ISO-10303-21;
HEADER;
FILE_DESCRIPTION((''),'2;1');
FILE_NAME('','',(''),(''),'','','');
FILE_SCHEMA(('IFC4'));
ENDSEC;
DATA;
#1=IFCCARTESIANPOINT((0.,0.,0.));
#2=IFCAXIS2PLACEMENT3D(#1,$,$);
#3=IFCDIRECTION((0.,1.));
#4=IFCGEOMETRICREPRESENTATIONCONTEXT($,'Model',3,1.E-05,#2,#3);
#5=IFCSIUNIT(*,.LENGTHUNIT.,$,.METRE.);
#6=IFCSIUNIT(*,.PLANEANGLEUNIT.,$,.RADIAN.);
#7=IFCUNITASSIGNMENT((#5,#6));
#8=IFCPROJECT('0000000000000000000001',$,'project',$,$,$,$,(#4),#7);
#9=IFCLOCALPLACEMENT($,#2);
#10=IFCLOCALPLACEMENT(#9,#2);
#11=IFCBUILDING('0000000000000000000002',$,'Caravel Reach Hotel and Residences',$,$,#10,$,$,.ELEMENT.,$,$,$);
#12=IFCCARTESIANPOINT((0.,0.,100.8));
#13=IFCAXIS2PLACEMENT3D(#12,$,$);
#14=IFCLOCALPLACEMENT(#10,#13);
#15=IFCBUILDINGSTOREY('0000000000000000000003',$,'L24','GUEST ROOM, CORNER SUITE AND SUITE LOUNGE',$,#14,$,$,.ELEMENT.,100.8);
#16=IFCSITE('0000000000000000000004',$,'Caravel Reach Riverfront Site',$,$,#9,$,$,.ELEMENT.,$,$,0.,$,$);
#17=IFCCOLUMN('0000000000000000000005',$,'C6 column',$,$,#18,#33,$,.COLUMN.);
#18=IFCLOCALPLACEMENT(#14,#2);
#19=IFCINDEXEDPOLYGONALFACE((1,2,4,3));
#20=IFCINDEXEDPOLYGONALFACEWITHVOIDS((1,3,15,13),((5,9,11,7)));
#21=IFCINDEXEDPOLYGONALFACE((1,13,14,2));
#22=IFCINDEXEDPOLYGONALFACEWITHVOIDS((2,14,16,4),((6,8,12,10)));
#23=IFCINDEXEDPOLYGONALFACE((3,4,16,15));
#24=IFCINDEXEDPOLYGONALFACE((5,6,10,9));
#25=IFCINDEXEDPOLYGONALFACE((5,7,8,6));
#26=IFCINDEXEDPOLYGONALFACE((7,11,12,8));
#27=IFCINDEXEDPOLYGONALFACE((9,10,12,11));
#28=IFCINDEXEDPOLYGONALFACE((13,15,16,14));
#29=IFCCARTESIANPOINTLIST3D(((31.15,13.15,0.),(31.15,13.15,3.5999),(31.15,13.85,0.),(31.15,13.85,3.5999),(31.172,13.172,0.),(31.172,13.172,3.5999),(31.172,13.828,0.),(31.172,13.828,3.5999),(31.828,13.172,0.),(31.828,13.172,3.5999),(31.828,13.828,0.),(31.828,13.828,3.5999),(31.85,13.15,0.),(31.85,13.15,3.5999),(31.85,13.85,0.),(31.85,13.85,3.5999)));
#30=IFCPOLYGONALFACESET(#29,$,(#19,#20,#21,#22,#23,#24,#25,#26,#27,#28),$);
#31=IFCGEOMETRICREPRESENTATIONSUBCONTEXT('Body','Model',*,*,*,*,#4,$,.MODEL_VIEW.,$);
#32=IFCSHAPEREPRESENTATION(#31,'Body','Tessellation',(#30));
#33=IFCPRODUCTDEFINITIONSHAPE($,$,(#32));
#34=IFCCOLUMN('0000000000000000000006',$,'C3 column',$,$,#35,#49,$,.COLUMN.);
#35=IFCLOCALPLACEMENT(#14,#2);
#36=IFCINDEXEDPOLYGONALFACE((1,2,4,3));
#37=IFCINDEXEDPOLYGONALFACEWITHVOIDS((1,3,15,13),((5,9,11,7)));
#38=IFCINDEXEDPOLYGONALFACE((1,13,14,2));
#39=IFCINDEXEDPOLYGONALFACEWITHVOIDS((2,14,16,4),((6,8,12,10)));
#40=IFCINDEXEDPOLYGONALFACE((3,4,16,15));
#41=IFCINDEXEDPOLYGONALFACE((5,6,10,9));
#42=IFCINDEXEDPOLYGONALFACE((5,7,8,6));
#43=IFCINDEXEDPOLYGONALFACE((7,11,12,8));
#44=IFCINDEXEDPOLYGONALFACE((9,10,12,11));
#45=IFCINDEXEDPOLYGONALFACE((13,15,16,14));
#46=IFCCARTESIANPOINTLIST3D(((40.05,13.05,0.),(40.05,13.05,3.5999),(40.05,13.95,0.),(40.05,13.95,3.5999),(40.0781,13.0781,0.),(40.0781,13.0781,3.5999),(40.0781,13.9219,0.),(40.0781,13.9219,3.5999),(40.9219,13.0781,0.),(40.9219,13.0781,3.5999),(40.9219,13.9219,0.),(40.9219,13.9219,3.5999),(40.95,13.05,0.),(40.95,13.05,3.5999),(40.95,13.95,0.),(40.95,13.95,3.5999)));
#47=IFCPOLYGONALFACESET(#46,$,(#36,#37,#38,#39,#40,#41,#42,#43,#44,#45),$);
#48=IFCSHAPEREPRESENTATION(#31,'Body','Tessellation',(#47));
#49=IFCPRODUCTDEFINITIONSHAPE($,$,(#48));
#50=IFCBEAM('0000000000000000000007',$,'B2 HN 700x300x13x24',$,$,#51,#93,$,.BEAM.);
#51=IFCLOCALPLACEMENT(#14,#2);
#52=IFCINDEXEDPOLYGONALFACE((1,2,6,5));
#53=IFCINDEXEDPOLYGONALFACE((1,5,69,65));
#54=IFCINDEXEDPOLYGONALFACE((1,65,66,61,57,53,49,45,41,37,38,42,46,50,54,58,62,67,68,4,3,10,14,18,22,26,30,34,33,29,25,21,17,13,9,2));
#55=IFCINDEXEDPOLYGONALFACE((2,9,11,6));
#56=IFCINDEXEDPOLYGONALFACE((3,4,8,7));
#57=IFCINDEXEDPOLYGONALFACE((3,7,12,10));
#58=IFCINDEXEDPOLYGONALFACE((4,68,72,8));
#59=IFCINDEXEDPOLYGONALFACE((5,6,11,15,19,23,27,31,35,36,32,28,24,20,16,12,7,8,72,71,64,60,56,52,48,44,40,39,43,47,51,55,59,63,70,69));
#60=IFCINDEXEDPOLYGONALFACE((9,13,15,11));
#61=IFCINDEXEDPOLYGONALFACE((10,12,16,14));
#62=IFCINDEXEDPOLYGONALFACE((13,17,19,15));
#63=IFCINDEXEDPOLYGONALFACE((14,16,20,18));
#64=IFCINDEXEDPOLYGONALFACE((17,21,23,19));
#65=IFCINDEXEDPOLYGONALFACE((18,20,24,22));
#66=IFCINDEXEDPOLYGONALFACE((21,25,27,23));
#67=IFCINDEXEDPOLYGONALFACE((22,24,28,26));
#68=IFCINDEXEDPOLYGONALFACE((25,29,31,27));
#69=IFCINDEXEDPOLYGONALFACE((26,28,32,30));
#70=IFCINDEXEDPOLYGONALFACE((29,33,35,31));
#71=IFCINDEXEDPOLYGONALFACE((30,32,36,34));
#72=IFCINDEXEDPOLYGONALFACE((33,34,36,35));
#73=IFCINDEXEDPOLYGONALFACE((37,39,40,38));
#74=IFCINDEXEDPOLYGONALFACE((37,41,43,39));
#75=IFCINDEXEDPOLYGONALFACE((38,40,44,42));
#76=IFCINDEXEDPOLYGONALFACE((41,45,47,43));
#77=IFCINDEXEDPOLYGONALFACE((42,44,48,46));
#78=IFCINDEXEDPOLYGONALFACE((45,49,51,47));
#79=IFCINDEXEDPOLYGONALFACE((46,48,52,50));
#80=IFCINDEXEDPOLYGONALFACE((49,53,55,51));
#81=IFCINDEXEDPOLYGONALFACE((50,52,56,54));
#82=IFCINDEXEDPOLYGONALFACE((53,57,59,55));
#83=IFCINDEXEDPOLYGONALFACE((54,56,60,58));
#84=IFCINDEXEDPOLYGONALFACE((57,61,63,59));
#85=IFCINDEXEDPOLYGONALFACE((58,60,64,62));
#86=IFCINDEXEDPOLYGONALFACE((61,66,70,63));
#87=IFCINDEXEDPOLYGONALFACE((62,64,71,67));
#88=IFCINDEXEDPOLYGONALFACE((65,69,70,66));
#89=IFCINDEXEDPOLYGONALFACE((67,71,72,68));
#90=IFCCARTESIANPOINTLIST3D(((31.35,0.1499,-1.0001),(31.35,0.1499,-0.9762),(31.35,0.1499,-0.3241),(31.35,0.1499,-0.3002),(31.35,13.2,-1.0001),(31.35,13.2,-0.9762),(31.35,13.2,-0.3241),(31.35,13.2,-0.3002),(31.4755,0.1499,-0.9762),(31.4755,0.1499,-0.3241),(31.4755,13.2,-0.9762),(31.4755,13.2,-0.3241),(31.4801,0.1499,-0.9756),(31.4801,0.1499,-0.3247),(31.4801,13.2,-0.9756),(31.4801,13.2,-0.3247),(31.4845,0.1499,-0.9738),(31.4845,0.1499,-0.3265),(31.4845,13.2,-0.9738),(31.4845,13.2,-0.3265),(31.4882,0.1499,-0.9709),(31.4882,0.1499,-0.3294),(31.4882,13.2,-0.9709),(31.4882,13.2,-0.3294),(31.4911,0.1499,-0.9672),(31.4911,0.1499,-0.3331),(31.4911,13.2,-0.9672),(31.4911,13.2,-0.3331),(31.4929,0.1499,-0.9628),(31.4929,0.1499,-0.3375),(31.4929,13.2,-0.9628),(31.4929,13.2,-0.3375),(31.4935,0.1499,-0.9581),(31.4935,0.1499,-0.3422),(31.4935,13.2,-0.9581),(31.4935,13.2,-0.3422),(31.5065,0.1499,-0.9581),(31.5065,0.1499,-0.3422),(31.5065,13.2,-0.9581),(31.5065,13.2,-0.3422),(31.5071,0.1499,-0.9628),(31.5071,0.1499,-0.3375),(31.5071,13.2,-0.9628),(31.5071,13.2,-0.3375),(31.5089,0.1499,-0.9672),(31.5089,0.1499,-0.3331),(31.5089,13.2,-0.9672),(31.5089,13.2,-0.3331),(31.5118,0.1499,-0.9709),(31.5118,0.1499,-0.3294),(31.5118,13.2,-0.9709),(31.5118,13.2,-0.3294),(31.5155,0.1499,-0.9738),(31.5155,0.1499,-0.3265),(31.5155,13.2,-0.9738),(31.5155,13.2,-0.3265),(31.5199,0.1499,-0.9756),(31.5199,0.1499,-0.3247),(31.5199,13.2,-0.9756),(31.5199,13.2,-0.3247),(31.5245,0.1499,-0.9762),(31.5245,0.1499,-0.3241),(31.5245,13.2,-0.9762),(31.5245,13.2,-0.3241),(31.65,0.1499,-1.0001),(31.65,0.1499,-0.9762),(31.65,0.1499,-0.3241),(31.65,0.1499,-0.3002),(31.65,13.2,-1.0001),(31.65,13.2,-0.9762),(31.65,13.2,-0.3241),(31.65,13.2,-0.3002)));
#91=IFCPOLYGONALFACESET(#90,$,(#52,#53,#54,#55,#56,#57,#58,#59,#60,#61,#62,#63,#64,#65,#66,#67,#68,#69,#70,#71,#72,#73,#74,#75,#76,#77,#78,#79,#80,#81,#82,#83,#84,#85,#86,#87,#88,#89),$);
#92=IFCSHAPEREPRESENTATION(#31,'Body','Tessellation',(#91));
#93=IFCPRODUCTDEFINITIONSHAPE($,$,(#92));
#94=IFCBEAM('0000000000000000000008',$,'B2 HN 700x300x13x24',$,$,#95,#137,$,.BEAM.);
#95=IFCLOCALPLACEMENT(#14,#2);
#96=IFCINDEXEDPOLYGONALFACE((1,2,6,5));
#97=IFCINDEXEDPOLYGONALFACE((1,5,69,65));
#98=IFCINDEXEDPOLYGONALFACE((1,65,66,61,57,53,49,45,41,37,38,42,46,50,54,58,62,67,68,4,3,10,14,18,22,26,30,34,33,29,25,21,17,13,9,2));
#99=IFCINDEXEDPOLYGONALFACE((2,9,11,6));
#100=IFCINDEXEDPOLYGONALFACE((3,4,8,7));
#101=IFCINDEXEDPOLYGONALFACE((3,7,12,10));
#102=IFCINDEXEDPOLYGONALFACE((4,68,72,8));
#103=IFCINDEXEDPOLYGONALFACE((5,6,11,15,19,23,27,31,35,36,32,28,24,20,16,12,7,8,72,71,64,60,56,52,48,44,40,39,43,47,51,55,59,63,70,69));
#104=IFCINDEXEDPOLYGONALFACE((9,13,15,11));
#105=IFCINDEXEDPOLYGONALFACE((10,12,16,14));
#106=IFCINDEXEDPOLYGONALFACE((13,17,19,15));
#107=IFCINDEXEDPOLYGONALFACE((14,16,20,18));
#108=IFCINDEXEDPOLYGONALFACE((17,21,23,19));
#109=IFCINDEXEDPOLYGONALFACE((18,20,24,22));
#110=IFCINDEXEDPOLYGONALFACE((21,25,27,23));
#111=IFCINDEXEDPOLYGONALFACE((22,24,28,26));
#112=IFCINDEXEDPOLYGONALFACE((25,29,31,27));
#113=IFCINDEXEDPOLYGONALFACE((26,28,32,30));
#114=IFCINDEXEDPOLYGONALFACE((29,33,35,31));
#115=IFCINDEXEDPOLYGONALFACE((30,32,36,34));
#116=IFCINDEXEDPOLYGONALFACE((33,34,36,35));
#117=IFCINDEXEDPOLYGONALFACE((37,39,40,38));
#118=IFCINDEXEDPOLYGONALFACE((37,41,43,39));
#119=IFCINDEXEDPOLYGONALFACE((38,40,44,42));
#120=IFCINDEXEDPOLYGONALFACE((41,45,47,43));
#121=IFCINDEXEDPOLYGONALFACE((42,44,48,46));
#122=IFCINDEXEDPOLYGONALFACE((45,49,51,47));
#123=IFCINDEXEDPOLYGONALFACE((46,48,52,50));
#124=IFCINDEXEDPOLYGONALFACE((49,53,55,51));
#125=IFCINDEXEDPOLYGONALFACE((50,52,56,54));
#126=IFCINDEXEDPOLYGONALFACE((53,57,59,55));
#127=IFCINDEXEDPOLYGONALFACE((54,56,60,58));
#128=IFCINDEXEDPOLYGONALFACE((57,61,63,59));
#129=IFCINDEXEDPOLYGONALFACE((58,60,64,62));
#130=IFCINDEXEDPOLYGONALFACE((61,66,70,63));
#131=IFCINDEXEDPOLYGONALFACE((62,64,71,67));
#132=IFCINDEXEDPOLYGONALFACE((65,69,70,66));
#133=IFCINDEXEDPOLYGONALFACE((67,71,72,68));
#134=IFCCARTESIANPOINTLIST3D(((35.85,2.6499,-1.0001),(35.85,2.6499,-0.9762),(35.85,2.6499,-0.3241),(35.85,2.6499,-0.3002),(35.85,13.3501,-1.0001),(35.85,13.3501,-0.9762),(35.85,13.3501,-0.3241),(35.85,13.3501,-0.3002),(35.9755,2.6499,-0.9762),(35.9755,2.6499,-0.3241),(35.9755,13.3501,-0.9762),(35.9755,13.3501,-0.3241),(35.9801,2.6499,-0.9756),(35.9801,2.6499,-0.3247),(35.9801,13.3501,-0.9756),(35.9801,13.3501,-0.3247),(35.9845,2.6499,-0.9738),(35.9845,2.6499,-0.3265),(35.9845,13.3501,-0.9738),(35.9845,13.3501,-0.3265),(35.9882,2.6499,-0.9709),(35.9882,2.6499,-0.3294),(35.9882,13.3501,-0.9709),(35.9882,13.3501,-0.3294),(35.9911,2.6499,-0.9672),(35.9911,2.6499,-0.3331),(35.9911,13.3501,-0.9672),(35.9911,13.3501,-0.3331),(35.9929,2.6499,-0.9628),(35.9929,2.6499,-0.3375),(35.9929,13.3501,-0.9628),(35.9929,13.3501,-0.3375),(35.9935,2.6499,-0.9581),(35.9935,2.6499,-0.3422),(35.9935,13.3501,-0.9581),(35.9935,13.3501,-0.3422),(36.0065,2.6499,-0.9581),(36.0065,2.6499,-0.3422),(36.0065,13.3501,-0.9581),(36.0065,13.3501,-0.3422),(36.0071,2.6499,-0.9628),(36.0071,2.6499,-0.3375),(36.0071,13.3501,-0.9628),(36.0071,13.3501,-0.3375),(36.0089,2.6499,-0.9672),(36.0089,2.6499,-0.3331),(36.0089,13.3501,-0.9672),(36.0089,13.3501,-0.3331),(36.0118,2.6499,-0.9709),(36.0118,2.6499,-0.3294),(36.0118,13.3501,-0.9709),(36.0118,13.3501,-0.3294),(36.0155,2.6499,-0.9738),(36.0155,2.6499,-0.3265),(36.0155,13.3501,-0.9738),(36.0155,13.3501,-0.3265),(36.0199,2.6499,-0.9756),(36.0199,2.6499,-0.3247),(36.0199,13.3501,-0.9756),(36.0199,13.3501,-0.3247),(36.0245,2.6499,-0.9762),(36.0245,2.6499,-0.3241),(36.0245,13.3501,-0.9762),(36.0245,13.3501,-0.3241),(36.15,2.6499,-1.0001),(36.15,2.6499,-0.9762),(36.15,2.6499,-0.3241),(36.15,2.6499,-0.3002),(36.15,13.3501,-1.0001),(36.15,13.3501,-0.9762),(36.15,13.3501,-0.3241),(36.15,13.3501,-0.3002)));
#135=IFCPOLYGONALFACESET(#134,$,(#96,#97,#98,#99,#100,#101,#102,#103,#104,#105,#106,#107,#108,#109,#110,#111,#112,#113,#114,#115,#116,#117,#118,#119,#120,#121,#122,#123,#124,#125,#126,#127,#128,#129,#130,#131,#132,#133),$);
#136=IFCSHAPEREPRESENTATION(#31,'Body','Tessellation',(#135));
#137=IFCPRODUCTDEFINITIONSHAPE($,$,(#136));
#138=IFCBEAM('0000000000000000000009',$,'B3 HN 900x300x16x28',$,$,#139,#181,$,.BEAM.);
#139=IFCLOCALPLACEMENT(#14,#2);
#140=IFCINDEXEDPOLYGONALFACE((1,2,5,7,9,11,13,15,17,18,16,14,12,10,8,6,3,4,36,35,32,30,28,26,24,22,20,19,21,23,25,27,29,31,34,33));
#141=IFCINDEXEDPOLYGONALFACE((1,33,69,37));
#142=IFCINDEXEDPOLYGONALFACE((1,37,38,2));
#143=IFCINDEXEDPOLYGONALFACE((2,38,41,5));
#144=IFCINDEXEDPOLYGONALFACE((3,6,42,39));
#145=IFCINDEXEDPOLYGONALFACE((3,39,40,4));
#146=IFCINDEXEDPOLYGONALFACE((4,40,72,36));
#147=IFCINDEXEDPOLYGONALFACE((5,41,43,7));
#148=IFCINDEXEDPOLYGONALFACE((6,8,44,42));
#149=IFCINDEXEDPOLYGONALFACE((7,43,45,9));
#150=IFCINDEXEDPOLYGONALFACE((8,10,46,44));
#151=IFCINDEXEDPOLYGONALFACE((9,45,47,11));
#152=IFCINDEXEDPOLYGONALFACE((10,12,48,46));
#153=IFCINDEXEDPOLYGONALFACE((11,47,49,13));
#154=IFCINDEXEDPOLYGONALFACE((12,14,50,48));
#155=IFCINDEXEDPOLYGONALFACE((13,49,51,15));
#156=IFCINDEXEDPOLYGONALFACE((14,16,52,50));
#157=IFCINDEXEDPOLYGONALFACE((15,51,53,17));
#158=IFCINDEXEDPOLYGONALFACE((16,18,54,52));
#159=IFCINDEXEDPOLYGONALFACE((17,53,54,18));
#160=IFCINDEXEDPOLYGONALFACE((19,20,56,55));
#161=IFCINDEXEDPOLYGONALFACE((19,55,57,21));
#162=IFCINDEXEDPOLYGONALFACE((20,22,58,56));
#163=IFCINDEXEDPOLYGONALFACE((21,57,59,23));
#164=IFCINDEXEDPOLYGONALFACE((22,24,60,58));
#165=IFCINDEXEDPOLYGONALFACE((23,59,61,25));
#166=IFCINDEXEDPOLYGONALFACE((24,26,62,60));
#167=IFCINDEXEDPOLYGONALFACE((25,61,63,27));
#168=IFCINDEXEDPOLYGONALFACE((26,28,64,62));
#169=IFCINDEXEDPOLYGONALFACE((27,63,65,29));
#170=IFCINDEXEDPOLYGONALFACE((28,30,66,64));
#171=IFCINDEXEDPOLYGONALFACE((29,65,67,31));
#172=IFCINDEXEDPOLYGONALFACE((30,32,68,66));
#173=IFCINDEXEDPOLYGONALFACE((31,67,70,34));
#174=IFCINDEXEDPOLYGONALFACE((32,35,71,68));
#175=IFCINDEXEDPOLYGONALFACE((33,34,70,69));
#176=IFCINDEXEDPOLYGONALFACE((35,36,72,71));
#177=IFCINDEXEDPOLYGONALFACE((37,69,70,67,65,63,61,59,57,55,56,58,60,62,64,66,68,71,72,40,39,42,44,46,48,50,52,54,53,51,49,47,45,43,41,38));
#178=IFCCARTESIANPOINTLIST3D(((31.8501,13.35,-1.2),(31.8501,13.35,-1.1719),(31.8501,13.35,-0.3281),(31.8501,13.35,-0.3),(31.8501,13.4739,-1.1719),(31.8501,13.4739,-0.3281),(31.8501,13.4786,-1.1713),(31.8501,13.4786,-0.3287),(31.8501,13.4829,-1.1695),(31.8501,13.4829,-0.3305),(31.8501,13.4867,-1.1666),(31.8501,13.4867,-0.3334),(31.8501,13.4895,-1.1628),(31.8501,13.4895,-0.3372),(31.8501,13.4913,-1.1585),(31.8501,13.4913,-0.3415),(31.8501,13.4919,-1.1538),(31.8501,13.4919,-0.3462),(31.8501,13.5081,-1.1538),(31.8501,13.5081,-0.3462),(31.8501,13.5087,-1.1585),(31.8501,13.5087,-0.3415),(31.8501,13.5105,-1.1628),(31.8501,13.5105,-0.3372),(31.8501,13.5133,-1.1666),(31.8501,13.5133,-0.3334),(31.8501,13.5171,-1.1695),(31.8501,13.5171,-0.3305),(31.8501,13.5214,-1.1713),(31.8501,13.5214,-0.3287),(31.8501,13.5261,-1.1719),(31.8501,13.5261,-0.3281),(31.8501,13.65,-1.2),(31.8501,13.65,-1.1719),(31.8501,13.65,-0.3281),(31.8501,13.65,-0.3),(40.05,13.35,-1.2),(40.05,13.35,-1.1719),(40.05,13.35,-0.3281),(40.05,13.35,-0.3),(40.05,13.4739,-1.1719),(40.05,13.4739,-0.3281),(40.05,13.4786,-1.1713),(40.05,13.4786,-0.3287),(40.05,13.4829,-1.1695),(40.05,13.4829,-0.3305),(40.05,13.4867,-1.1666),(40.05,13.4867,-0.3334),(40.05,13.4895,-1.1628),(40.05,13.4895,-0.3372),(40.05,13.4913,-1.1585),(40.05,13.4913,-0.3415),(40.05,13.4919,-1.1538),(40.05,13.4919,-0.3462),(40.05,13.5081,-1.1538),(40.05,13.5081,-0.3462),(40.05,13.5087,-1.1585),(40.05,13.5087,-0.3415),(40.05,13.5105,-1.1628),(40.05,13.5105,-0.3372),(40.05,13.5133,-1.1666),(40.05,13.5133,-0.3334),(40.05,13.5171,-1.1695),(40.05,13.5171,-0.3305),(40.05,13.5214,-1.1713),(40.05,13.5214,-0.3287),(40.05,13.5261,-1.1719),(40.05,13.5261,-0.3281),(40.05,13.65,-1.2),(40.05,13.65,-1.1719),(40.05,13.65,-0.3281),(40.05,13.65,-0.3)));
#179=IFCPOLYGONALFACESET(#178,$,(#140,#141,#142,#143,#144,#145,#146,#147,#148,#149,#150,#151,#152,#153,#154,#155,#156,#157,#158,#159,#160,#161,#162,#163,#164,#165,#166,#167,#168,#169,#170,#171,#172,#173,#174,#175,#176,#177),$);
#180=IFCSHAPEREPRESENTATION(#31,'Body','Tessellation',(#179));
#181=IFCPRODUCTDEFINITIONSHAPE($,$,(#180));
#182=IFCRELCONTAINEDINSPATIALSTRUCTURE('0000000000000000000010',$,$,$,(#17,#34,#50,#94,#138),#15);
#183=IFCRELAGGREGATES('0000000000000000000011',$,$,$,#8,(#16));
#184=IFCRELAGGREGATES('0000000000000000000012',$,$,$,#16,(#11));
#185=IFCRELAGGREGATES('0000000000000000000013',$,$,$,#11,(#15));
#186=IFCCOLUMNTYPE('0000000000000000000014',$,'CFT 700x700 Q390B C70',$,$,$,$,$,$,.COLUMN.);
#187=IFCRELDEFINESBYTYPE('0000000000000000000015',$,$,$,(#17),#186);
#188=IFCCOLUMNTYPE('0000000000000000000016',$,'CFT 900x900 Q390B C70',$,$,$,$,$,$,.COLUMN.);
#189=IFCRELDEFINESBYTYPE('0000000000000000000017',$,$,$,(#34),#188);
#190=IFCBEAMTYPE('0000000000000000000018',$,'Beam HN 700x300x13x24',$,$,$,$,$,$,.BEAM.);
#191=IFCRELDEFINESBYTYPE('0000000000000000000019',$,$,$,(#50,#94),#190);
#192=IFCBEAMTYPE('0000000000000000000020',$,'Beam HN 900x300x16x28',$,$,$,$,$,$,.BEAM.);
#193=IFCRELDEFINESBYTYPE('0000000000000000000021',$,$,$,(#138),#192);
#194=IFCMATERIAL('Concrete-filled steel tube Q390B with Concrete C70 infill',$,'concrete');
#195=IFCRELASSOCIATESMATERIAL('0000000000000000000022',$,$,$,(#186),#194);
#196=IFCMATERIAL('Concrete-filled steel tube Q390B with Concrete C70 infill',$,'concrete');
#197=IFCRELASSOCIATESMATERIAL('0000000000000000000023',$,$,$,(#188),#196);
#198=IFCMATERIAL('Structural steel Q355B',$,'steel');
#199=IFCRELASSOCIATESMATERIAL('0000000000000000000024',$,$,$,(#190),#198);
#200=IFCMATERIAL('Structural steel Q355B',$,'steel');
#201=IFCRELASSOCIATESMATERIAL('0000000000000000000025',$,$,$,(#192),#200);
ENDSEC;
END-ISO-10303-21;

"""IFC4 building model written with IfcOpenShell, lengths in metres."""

from ifc_helpers import new_model, si_unit, direction, frame, origin, origin_2d, place, context, subcontext, project, spatial, hollow_rectangle, i_section, extrude, material, material_profile, profile_set, type_object, element, save


model = new_model("IFC4")

# Units and contexts
model_context = context("Model", 3, precision=1e-05, world=origin(), true_north=direction((0.0, 1.0)))
body_context = subcontext(model_context, "Body", "Model", "MODEL_VIEW")
ifc_project = project(units=[si_unit("LENGTHUNIT", "METRE"), si_unit("PLANEANGLEUNIT", "RADIAN")], contexts=[model_context])

# Site, building, storey
site_placement = place(None, origin())
site = spatial("IfcSite", under=ifc_project, at=site_placement, Name="Caravel Reach Riverfront Site", CompositionType="ELEMENT", RefElevation=0.0)
building_placement = place(site_placement, origin())
building = spatial("IfcBuilding", under=site, at=building_placement, Name="Caravel Reach Hotel and Residences", CompositionType="ELEMENT")
storey_placement = place(building_placement, frame((0.0, 0.0, 100.8)))
storey = spatial("IfcBuildingStorey", under=building, at=storey_placement, Name="L24", Description="GUEST ROOM, CORNER SUITE AND SUITE LOUNGE", CompositionType="ELEMENT", Elevation=100.8)

# Columns
ifc_material_1 = material(Name="Concrete-filled steel tube Q390B with Concrete C70 infill", Category="concrete")
ifc_material_profile_1 = material_profile(ifc_material_1, hollow_rectangle(XDim=0.7, YDim=0.7, WallThickness=0.022, at=origin_2d()), Name="RHS 700x700x22")
ifc_profile_set_1 = profile_set([ifc_material_profile_1], Name="Concrete-filled steel tube Q390B with Concrete C70 infill")
column_type_1 = type_object("IfcColumnType", Name="CFT 700x700 Q390B C70", PredefinedType="COLUMN", material=ifc_profile_set_1)
column_1_placement = place(storey_placement, frame((31.5, 13.5, 0.0), z_axis=(0.0, 0.0, 1.0), x_axis=(1.0, 0.0, 0.0)))
element("IfcColumn", 1, at=column_1_placement, inside=storey, type_object=column_type_1, Name="C6 column", PredefinedType="COLUMN", context=body_context, shape_type="SweptSolid", body=[
    extrude(hollow_rectangle(XDim=0.7, YDim=0.7, WallThickness=0.022, at=origin_2d()), origin(), (0.0, 0.0, 1.0), 3.5999),
])
ifc_material_2 = material(Name="Concrete-filled steel tube Q390B with Concrete C70 infill", Category="concrete")
ifc_material_profile_2 = material_profile(ifc_material_2, hollow_rectangle(XDim=0.8999, YDim=0.8999, WallThickness=0.0281, at=origin_2d()), Name="RHS 900x900x28")
ifc_profile_set_2 = profile_set([ifc_material_profile_2], Name="Concrete-filled steel tube Q390B with Concrete C70 infill")
column_type_2 = type_object("IfcColumnType", Name="CFT 900x900 Q390B C70", PredefinedType="COLUMN", material=ifc_profile_set_2)
column_2_placement = place(storey_placement, frame((40.5, 13.5, 0.0), z_axis=(0.0, 0.0, 1.0), x_axis=(1.0, 0.0, 0.0)))
element("IfcColumn", 2, at=column_2_placement, inside=storey, type_object=column_type_2, Name="C3 column", PredefinedType="COLUMN", context=body_context, shape_type="SweptSolid", body=[
    extrude(hollow_rectangle(XDim=0.8999, YDim=0.8999, WallThickness=0.0281, at=origin_2d()), origin(), (0.0, 0.0, 1.0), 3.5999),
])

# Beams
ifc_material_3 = material(Name="Structural steel Q355B", Category="steel")
ifc_material_profile_3 = material_profile(ifc_material_3, i_section(OverallWidth=0.3, OverallDepth=0.7, WebThickness=0.0129, FlangeThickness=0.0239, FilletRadius=0.0181, at=origin_2d()), Name="HN 700x300x13x24")
ifc_profile_set_3 = profile_set([ifc_material_profile_3], Name="Structural steel Q355B")
beam_type_1 = type_object("IfcBeamType", Name="Beam HN 700x300x13x24", PredefinedType="BEAM", material=ifc_profile_set_3)
beam_1_placement = place(storey_placement, frame((31.5, 13.2, -0.6501), z_axis=(0.0, -1.0, 0.0), x_axis=(1.0, 0.0, 0.0)))
element("IfcBeam", 3, at=beam_1_placement, inside=storey, type_object=beam_type_1, Name="B2 HN 700x300x13x24", PredefinedType="BEAM", context=body_context, shape_type="SweptSolid", body=[
    extrude(i_section(OverallWidth=0.3, OverallDepth=0.7, WebThickness=0.0129, FlangeThickness=0.0239, FilletRadius=0.0181, at=origin_2d()), origin(), (0.0, 0.0, 1.0), 13.05),
])
beam_2_placement = place(storey_placement, frame((36.0, 13.3501, -0.6501), z_axis=(0.0, -1.0, 0.0), x_axis=(1.0, 0.0, 0.0)))
element("IfcBeam", 4, at=beam_2_placement, inside=storey, type_object=beam_type_1, Name="B2 HN 700x300x13x24", PredefinedType="BEAM", context=body_context, shape_type="SweptSolid", body=[
    extrude(i_section(OverallWidth=0.3, OverallDepth=0.7, WebThickness=0.0129, FlangeThickness=0.0239, FilletRadius=0.0181, at=origin_2d()), origin(), (0.0, 0.0, 1.0), 10.7002),
])
ifc_material_4 = material(Name="Structural steel Q355B", Category="steel")
ifc_material_profile_4 = material_profile(ifc_material_4, i_section(OverallWidth=0.3, OverallDepth=0.8999, WebThickness=0.0161, FlangeThickness=0.0281, FilletRadius=0.0181, at=origin_2d()), Name="HN 900x300x16x28")
ifc_profile_set_4 = profile_set([ifc_material_profile_4], Name="Structural steel Q355B")
beam_type_2 = type_object("IfcBeamType", Name="Beam HN 900x300x16x28", PredefinedType="BEAM", material=ifc_profile_set_4)
beam_3_placement = place(storey_placement, frame((31.8501, 13.5, -0.75), z_axis=(1.0, 0.0, 0.0), x_axis=(0.0, 1.0, 0.0)))
element("IfcBeam", 5, at=beam_3_placement, inside=storey, type_object=beam_type_2, Name="B3 HN 900x300x16x28", PredefinedType="BEAM", context=body_context, shape_type="SweptSolid", body=[
    extrude(i_section(OverallWidth=0.3, OverallDepth=0.8999, WebThickness=0.0161, FlangeThickness=0.0281, FilletRadius=0.0181, at=origin_2d()), origin(), (0.0, 0.0, 1.0), 8.2),
])

save(model, "model.ifc")
